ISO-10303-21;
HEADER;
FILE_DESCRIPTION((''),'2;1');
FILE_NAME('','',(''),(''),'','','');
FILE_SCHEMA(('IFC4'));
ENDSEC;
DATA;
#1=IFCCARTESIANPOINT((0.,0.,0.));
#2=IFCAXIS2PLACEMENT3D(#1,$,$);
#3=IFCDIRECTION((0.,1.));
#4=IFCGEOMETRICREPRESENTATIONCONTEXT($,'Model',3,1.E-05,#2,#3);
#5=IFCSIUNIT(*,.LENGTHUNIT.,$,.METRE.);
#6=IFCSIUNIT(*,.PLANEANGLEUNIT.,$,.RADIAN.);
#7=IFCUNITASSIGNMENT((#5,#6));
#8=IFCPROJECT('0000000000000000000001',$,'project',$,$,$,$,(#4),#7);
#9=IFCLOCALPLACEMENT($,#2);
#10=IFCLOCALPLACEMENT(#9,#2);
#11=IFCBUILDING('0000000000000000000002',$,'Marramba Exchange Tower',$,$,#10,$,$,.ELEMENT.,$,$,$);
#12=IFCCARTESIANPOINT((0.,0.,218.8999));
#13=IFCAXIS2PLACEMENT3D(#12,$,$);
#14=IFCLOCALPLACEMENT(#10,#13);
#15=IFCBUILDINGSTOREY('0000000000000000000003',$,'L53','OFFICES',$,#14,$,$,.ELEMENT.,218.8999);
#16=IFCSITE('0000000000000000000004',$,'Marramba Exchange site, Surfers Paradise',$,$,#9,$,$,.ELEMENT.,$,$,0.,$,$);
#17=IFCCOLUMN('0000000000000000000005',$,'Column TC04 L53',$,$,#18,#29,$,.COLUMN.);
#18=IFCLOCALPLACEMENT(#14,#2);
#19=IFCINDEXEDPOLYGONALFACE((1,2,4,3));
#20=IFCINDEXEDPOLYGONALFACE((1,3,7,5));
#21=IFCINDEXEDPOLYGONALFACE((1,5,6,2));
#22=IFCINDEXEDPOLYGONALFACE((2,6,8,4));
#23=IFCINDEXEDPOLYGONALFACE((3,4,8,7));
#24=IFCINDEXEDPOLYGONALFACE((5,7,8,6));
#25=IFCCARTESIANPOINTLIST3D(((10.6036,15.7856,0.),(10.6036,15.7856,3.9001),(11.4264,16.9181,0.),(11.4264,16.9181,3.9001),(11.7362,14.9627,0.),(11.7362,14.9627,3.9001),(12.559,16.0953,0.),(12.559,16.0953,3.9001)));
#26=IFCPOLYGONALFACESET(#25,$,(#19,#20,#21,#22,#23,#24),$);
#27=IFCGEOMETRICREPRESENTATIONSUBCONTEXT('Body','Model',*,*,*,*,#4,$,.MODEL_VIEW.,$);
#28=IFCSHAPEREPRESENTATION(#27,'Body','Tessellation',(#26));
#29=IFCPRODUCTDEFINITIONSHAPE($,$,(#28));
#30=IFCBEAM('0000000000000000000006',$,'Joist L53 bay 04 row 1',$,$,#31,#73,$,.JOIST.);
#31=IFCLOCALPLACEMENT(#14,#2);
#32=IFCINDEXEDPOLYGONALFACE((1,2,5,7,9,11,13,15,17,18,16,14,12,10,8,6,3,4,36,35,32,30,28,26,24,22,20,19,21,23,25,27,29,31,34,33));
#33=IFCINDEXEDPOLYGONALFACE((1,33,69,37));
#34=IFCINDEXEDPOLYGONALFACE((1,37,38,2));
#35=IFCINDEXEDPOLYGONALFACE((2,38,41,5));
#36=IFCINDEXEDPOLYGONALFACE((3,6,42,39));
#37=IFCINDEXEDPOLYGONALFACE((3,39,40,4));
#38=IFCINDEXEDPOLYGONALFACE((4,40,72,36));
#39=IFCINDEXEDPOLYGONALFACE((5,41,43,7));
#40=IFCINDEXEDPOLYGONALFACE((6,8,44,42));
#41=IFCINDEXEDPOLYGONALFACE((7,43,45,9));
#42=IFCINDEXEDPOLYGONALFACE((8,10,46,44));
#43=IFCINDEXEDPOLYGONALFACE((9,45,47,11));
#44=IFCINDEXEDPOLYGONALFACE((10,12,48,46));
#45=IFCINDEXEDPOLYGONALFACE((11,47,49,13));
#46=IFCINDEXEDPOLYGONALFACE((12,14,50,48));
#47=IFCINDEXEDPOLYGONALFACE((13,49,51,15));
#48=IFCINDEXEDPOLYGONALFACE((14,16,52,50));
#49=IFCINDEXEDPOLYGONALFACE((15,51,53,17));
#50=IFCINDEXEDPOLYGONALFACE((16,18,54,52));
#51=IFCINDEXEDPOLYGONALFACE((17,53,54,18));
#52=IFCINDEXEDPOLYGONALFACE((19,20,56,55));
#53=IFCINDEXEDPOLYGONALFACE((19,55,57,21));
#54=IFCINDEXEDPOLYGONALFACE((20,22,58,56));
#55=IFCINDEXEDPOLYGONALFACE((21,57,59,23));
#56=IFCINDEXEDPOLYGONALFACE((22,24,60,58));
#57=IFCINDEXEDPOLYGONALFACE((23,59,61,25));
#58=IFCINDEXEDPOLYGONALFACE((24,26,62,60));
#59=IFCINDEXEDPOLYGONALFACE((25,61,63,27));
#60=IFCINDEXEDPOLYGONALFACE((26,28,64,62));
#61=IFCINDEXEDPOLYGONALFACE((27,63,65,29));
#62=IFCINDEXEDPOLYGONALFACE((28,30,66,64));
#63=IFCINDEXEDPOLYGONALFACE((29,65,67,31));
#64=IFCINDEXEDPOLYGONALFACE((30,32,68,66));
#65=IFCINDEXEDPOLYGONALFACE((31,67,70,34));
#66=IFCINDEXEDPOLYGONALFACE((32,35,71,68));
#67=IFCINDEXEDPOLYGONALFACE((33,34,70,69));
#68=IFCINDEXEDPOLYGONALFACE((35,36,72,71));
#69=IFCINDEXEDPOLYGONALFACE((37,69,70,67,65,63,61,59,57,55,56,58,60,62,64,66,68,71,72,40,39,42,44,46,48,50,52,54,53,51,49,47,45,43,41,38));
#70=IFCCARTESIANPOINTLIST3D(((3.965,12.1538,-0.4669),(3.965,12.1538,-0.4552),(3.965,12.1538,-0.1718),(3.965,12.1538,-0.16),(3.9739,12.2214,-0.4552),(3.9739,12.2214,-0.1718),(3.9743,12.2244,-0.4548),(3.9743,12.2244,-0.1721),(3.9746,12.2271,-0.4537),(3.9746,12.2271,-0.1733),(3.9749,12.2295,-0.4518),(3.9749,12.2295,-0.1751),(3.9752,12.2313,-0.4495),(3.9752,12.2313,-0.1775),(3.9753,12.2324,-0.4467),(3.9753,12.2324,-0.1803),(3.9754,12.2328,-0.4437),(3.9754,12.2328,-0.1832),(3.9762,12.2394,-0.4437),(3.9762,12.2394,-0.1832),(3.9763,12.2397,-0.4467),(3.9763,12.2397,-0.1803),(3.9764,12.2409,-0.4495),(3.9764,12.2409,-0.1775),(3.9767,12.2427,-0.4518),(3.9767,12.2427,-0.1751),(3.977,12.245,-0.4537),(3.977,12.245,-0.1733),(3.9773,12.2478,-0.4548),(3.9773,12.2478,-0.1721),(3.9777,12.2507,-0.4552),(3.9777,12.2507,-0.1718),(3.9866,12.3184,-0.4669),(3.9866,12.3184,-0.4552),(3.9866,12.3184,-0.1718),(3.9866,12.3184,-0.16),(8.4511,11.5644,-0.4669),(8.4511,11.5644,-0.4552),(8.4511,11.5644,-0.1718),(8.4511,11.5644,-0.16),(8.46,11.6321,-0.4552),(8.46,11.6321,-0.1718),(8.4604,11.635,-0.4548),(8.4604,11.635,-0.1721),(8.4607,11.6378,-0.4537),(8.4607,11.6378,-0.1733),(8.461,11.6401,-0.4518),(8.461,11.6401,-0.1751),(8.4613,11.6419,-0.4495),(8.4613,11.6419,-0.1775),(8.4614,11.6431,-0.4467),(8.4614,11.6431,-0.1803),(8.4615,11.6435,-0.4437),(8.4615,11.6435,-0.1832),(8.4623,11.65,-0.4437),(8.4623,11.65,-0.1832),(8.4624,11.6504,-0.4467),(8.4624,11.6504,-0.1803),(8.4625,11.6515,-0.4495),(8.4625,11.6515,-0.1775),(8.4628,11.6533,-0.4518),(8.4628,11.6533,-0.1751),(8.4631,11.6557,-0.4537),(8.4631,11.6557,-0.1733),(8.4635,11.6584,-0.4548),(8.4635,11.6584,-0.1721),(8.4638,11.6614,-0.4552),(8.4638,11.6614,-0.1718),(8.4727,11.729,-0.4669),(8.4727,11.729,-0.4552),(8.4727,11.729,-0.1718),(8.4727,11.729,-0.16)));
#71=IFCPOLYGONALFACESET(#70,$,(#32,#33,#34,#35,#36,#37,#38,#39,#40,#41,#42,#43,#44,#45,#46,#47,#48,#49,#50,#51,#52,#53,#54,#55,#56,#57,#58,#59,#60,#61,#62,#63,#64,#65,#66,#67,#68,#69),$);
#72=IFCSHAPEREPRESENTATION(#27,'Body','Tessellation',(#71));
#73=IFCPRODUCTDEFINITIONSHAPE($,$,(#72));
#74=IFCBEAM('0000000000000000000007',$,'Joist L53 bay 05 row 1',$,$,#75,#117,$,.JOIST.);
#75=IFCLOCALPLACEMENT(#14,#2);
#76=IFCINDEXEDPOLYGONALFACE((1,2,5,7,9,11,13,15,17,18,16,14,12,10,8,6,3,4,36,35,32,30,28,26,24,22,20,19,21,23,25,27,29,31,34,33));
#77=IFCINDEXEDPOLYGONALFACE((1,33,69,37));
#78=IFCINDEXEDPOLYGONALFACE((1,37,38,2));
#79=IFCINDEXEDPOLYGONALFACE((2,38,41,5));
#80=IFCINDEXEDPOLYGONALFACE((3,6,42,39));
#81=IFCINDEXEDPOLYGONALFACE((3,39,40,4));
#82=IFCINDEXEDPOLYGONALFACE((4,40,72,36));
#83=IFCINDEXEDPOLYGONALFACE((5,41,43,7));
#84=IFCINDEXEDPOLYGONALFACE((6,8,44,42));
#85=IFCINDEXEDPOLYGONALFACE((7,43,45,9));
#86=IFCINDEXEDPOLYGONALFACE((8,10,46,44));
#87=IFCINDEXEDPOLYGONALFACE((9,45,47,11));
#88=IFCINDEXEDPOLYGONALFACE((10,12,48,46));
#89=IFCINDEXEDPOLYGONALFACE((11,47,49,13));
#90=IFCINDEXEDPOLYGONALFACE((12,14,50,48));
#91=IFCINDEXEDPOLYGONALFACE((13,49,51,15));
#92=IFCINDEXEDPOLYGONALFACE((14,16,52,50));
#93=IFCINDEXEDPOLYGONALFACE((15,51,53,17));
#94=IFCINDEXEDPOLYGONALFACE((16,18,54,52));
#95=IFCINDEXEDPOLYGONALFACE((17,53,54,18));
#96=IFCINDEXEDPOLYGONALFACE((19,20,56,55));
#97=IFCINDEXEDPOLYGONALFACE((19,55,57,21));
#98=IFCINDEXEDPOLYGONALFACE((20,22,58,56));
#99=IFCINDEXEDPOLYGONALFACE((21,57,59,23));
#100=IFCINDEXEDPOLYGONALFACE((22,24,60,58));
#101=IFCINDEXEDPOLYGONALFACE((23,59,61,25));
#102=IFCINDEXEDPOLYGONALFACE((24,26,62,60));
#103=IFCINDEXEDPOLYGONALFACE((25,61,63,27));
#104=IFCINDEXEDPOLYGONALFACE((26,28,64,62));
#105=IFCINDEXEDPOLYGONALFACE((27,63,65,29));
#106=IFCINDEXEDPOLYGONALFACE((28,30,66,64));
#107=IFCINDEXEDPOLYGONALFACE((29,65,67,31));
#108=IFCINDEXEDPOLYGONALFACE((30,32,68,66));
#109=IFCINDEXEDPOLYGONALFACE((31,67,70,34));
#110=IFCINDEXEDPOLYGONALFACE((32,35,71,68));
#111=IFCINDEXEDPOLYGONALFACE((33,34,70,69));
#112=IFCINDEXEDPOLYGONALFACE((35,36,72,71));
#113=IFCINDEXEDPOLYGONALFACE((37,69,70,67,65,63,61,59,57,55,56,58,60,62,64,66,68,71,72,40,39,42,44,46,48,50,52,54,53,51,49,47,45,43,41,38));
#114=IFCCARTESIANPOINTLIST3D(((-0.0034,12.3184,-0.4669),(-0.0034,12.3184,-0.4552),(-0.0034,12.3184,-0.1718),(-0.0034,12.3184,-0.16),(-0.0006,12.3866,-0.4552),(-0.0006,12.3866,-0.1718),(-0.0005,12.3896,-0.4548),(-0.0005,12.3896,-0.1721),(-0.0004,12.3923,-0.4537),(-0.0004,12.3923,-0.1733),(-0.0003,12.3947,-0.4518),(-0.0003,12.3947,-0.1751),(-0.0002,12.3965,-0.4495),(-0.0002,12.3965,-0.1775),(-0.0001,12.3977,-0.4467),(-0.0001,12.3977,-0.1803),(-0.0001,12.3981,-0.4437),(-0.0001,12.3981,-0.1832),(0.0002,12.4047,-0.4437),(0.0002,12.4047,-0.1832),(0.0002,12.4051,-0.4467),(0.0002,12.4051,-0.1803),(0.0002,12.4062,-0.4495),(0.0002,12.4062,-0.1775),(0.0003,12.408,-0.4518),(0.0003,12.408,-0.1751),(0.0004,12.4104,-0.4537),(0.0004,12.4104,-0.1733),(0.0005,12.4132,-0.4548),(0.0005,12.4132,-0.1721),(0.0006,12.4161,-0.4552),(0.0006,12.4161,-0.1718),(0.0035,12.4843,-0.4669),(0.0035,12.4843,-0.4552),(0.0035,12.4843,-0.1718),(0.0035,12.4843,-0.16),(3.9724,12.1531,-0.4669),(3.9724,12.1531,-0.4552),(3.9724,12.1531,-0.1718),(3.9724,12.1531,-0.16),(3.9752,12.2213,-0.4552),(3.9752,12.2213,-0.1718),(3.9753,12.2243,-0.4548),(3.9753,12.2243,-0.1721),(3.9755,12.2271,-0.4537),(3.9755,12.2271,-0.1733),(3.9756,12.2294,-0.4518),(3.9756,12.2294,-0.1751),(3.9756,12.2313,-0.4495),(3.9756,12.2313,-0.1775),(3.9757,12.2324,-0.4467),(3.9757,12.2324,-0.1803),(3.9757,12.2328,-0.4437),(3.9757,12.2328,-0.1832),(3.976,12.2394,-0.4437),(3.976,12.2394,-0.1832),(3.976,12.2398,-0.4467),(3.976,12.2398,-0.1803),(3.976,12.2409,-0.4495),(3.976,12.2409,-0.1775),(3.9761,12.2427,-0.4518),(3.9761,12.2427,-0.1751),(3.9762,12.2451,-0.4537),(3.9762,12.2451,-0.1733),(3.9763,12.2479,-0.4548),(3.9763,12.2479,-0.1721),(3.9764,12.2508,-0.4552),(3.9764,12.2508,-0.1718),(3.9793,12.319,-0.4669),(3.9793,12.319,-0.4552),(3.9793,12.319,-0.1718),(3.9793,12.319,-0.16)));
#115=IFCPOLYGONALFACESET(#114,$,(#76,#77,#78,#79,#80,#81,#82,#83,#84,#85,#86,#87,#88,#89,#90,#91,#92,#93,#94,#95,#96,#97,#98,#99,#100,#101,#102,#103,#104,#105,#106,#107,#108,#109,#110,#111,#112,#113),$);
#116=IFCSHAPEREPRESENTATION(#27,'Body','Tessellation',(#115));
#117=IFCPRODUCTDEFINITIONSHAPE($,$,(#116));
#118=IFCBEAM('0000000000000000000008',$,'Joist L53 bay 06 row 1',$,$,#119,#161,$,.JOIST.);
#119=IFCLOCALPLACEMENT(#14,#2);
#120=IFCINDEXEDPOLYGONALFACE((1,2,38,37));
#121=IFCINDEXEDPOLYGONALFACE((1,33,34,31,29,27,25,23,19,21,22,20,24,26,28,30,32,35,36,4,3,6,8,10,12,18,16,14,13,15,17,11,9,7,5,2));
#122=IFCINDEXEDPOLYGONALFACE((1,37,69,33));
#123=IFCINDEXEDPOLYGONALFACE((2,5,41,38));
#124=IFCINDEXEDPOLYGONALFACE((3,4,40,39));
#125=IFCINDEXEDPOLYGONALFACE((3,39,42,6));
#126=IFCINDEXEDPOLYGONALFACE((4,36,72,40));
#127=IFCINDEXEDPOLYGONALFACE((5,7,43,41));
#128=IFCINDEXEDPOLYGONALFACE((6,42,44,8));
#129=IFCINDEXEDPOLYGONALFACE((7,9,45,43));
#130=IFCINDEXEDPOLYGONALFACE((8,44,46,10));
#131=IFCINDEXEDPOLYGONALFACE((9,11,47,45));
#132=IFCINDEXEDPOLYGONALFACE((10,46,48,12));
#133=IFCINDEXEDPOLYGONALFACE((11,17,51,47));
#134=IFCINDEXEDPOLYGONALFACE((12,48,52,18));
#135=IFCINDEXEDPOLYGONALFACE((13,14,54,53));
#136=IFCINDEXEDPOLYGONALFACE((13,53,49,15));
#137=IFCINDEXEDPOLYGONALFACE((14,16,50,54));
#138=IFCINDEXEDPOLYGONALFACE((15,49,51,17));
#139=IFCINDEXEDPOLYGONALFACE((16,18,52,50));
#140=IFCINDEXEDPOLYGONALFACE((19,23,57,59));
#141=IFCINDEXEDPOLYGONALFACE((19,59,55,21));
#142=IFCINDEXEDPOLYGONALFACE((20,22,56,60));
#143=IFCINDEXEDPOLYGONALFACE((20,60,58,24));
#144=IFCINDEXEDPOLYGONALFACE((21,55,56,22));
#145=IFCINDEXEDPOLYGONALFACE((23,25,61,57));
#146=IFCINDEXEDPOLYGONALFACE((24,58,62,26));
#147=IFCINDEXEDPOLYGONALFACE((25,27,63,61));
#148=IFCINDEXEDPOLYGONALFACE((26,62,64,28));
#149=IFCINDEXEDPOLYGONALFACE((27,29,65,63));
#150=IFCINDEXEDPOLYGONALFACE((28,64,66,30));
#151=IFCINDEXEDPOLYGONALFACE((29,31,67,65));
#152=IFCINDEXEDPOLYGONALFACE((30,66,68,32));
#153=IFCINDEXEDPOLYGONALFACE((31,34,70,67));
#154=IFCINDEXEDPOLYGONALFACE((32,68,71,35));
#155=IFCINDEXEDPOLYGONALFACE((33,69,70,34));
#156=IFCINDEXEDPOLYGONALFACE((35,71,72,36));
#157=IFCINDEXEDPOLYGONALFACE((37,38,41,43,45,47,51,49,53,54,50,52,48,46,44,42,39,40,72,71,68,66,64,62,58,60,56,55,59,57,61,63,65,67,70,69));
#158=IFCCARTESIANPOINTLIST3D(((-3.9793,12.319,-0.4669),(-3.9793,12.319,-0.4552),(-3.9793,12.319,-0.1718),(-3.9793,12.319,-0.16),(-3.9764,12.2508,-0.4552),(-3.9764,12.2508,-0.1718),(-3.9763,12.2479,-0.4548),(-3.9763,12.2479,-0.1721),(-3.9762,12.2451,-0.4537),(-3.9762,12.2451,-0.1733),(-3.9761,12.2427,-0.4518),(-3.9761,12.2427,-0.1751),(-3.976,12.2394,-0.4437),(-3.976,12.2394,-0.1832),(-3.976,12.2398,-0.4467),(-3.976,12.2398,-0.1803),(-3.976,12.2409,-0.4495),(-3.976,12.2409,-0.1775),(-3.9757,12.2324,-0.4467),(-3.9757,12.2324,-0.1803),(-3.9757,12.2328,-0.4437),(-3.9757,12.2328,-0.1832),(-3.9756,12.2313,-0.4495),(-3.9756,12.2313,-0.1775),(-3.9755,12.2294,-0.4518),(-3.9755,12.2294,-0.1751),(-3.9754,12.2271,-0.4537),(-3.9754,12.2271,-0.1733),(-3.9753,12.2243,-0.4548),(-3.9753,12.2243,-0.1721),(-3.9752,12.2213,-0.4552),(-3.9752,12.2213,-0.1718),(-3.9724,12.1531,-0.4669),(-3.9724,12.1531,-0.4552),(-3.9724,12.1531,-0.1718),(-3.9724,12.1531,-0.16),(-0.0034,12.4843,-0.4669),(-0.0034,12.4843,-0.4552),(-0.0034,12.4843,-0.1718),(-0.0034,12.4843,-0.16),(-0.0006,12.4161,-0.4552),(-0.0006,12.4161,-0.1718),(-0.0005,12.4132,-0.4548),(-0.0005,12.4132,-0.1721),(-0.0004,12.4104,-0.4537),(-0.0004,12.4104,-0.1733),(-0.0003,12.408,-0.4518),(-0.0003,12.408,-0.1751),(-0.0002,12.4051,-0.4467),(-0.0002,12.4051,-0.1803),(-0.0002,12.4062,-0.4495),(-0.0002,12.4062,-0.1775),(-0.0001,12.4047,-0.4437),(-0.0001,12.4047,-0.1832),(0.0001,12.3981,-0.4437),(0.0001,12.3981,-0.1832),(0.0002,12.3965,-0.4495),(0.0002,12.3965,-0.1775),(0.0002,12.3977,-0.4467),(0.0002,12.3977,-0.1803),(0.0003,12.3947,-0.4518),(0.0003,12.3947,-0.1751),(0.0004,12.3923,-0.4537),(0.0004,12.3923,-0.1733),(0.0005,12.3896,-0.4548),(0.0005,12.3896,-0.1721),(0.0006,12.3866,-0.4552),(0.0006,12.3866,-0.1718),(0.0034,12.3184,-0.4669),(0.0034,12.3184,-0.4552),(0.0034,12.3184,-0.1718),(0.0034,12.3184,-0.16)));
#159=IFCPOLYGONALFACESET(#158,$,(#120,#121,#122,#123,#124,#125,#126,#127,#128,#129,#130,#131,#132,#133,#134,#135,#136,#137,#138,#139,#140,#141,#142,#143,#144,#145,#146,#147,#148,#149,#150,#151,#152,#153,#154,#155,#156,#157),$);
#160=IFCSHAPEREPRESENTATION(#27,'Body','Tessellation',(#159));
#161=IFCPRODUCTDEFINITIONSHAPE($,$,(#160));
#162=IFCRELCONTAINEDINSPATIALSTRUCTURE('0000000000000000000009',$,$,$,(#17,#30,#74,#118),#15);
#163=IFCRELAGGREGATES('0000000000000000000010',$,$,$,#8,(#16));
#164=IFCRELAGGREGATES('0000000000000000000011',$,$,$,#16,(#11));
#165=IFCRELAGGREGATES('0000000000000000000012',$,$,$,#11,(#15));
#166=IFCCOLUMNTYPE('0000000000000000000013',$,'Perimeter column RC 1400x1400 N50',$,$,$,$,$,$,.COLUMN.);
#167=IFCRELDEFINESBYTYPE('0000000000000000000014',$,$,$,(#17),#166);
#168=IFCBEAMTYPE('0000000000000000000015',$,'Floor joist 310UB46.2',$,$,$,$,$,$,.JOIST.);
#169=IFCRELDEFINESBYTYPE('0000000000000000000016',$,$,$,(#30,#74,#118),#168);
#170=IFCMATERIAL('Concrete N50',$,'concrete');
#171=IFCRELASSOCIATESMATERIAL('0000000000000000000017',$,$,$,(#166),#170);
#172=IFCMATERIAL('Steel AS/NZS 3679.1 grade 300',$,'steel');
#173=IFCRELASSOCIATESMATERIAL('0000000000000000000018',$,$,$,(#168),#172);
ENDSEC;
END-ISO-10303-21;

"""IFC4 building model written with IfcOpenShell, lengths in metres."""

from ifc_helpers import new_model, si_unit, direction, frame, origin, origin_2d, place, context, subcontext, project, spatial, rectangle, i_section, extrude, material, material_profile, profile_set, type_object, element, save


model = new_model("IFC4")

# Units and contexts
model_context = context("Model", 3, precision=1e-05, world=origin(), true_north=direction((0.0, 1.0)))
body_context = subcontext(model_context, "Body", "Model", "MODEL_VIEW")
ifc_project = project(units=[si_unit("LENGTHUNIT", "METRE"), si_unit("PLANEANGLEUNIT", "RADIAN")], contexts=[model_context])

# Site, building, storey
site_placement = place(None, origin())
site = spatial("IfcSite", under=ifc_project, at=site_placement, Name="Marramba Exchange site, Surfers Paradise", CompositionType="ELEMENT", RefElevation=0.0)
building_placement = place(site_placement, origin())
building = spatial("IfcBuilding", under=site, at=building_placement, Name="Marramba Exchange Tower", CompositionType="ELEMENT")
storey_placement = place(building_placement, frame((0.0, 0.0, 218.8999)))
storey = spatial("IfcBuildingStorey", under=building, at=storey_placement, Name="L53", Description="OFFICES", CompositionType="ELEMENT", Elevation=218.8999)

# Column
ifc_material_1 = material(Name="Concrete N50", Category="concrete")
ifc_material_profile_1 = material_profile(ifc_material_1, rectangle(XDim=1.3999, YDim=1.3999, at=origin_2d()), Name="RC 1400x1400")
ifc_profile_set_1 = profile_set([ifc_material_profile_1], Name="Concrete N50")
column_type = type_object("IfcColumnType", Name="Perimeter column RC 1400x1400 N50", PredefinedType="COLUMN", material=ifc_profile_set_1)
column_placement = place(storey_placement, frame((11.5813, 15.9404, 0.0), z_axis=(0.0, 0.0, 1.0), x_axis=(0.587785, 0.809017, 0.0)))
element("IfcColumn", 1, at=column_placement, inside=storey, type_object=column_type, Name="Column TC04 L53", PredefinedType="COLUMN", context=body_context, shape_type="SweptSolid", body=[
    extrude(rectangle(XDim=1.3999, YDim=1.3999, at=origin_2d()), origin(), (0.0, 0.0, 1.0), 3.9001),
])

# Beams
ifc_material_2 = material(Name="Steel AS/NZS 3679.1 grade 300", Category="steel")
ifc_material_profile_2 = material_profile(ifc_material_2, i_section(OverallWidth=0.166, OverallDepth=0.3069, WebThickness=0.0066, FlangeThickness=0.0117, FilletRadius=0.0115, at=origin_2d()), Name="310UB46.2")
ifc_profile_set_2 = profile_set([ifc_material_profile_2], Name="Steel AS/NZS 3679.1 grade 300")
beam_type_1 = type_object("IfcBeamType", Name="Floor joist 310UB46.2", PredefinedType="JOIST", material=ifc_profile_set_2)
beam_1_placement = place(storey_placement, frame((8.4619, 11.6467, -0.3135), z_axis=(-0.991481, 0.130255, 0.0), x_axis=(-0.130255, -0.991481, 0.0)))
element("IfcBeam", 2, at=beam_1_placement, inside=storey, type_object=beam_type_1, Name="Joist L53 bay 04 row 1", PredefinedType="JOIST", context=body_context, shape_type="SweptSolid", body=[
    extrude(i_section(OverallWidth=0.166, OverallDepth=0.3069, WebThickness=0.0066, FlangeThickness=0.0117, FilletRadius=0.0115, at=origin_2d()), origin(), (0.0, 0.0, 1.0), 4.5247),
])
for number, where, z_axis, x_axis, name in (
    (3, (3.9758, 12.2361, -0.3135), (-0.999137, 0.041536, 0.0), (-0.041536, -0.999137, 0.0), "Joist L53 bay 05 row 1"),
    (4, (0.0, 12.4014, -0.3135), (-0.999137, -0.041536, 0.0), (0.041536, -0.999137, 0.0), "Joist L53 bay 06 row 1"),
):
    element("IfcBeam", number, at=place(storey_placement, frame(where, z_axis=z_axis, x_axis=x_axis)), inside=storey, type_object=beam_type_1, Name=name, PredefinedType="JOIST", context=body_context, shape_type="SweptSolid", body=[
        extrude(i_section(OverallWidth=0.166, OverallDepth=0.3069, WebThickness=0.0066, FlangeThickness=0.0117, FilletRadius=0.0115, at=origin_2d()), origin(), (0.0, 0.0, 1.0), 3.9792),
    ])

save(model, "model.ifc")
